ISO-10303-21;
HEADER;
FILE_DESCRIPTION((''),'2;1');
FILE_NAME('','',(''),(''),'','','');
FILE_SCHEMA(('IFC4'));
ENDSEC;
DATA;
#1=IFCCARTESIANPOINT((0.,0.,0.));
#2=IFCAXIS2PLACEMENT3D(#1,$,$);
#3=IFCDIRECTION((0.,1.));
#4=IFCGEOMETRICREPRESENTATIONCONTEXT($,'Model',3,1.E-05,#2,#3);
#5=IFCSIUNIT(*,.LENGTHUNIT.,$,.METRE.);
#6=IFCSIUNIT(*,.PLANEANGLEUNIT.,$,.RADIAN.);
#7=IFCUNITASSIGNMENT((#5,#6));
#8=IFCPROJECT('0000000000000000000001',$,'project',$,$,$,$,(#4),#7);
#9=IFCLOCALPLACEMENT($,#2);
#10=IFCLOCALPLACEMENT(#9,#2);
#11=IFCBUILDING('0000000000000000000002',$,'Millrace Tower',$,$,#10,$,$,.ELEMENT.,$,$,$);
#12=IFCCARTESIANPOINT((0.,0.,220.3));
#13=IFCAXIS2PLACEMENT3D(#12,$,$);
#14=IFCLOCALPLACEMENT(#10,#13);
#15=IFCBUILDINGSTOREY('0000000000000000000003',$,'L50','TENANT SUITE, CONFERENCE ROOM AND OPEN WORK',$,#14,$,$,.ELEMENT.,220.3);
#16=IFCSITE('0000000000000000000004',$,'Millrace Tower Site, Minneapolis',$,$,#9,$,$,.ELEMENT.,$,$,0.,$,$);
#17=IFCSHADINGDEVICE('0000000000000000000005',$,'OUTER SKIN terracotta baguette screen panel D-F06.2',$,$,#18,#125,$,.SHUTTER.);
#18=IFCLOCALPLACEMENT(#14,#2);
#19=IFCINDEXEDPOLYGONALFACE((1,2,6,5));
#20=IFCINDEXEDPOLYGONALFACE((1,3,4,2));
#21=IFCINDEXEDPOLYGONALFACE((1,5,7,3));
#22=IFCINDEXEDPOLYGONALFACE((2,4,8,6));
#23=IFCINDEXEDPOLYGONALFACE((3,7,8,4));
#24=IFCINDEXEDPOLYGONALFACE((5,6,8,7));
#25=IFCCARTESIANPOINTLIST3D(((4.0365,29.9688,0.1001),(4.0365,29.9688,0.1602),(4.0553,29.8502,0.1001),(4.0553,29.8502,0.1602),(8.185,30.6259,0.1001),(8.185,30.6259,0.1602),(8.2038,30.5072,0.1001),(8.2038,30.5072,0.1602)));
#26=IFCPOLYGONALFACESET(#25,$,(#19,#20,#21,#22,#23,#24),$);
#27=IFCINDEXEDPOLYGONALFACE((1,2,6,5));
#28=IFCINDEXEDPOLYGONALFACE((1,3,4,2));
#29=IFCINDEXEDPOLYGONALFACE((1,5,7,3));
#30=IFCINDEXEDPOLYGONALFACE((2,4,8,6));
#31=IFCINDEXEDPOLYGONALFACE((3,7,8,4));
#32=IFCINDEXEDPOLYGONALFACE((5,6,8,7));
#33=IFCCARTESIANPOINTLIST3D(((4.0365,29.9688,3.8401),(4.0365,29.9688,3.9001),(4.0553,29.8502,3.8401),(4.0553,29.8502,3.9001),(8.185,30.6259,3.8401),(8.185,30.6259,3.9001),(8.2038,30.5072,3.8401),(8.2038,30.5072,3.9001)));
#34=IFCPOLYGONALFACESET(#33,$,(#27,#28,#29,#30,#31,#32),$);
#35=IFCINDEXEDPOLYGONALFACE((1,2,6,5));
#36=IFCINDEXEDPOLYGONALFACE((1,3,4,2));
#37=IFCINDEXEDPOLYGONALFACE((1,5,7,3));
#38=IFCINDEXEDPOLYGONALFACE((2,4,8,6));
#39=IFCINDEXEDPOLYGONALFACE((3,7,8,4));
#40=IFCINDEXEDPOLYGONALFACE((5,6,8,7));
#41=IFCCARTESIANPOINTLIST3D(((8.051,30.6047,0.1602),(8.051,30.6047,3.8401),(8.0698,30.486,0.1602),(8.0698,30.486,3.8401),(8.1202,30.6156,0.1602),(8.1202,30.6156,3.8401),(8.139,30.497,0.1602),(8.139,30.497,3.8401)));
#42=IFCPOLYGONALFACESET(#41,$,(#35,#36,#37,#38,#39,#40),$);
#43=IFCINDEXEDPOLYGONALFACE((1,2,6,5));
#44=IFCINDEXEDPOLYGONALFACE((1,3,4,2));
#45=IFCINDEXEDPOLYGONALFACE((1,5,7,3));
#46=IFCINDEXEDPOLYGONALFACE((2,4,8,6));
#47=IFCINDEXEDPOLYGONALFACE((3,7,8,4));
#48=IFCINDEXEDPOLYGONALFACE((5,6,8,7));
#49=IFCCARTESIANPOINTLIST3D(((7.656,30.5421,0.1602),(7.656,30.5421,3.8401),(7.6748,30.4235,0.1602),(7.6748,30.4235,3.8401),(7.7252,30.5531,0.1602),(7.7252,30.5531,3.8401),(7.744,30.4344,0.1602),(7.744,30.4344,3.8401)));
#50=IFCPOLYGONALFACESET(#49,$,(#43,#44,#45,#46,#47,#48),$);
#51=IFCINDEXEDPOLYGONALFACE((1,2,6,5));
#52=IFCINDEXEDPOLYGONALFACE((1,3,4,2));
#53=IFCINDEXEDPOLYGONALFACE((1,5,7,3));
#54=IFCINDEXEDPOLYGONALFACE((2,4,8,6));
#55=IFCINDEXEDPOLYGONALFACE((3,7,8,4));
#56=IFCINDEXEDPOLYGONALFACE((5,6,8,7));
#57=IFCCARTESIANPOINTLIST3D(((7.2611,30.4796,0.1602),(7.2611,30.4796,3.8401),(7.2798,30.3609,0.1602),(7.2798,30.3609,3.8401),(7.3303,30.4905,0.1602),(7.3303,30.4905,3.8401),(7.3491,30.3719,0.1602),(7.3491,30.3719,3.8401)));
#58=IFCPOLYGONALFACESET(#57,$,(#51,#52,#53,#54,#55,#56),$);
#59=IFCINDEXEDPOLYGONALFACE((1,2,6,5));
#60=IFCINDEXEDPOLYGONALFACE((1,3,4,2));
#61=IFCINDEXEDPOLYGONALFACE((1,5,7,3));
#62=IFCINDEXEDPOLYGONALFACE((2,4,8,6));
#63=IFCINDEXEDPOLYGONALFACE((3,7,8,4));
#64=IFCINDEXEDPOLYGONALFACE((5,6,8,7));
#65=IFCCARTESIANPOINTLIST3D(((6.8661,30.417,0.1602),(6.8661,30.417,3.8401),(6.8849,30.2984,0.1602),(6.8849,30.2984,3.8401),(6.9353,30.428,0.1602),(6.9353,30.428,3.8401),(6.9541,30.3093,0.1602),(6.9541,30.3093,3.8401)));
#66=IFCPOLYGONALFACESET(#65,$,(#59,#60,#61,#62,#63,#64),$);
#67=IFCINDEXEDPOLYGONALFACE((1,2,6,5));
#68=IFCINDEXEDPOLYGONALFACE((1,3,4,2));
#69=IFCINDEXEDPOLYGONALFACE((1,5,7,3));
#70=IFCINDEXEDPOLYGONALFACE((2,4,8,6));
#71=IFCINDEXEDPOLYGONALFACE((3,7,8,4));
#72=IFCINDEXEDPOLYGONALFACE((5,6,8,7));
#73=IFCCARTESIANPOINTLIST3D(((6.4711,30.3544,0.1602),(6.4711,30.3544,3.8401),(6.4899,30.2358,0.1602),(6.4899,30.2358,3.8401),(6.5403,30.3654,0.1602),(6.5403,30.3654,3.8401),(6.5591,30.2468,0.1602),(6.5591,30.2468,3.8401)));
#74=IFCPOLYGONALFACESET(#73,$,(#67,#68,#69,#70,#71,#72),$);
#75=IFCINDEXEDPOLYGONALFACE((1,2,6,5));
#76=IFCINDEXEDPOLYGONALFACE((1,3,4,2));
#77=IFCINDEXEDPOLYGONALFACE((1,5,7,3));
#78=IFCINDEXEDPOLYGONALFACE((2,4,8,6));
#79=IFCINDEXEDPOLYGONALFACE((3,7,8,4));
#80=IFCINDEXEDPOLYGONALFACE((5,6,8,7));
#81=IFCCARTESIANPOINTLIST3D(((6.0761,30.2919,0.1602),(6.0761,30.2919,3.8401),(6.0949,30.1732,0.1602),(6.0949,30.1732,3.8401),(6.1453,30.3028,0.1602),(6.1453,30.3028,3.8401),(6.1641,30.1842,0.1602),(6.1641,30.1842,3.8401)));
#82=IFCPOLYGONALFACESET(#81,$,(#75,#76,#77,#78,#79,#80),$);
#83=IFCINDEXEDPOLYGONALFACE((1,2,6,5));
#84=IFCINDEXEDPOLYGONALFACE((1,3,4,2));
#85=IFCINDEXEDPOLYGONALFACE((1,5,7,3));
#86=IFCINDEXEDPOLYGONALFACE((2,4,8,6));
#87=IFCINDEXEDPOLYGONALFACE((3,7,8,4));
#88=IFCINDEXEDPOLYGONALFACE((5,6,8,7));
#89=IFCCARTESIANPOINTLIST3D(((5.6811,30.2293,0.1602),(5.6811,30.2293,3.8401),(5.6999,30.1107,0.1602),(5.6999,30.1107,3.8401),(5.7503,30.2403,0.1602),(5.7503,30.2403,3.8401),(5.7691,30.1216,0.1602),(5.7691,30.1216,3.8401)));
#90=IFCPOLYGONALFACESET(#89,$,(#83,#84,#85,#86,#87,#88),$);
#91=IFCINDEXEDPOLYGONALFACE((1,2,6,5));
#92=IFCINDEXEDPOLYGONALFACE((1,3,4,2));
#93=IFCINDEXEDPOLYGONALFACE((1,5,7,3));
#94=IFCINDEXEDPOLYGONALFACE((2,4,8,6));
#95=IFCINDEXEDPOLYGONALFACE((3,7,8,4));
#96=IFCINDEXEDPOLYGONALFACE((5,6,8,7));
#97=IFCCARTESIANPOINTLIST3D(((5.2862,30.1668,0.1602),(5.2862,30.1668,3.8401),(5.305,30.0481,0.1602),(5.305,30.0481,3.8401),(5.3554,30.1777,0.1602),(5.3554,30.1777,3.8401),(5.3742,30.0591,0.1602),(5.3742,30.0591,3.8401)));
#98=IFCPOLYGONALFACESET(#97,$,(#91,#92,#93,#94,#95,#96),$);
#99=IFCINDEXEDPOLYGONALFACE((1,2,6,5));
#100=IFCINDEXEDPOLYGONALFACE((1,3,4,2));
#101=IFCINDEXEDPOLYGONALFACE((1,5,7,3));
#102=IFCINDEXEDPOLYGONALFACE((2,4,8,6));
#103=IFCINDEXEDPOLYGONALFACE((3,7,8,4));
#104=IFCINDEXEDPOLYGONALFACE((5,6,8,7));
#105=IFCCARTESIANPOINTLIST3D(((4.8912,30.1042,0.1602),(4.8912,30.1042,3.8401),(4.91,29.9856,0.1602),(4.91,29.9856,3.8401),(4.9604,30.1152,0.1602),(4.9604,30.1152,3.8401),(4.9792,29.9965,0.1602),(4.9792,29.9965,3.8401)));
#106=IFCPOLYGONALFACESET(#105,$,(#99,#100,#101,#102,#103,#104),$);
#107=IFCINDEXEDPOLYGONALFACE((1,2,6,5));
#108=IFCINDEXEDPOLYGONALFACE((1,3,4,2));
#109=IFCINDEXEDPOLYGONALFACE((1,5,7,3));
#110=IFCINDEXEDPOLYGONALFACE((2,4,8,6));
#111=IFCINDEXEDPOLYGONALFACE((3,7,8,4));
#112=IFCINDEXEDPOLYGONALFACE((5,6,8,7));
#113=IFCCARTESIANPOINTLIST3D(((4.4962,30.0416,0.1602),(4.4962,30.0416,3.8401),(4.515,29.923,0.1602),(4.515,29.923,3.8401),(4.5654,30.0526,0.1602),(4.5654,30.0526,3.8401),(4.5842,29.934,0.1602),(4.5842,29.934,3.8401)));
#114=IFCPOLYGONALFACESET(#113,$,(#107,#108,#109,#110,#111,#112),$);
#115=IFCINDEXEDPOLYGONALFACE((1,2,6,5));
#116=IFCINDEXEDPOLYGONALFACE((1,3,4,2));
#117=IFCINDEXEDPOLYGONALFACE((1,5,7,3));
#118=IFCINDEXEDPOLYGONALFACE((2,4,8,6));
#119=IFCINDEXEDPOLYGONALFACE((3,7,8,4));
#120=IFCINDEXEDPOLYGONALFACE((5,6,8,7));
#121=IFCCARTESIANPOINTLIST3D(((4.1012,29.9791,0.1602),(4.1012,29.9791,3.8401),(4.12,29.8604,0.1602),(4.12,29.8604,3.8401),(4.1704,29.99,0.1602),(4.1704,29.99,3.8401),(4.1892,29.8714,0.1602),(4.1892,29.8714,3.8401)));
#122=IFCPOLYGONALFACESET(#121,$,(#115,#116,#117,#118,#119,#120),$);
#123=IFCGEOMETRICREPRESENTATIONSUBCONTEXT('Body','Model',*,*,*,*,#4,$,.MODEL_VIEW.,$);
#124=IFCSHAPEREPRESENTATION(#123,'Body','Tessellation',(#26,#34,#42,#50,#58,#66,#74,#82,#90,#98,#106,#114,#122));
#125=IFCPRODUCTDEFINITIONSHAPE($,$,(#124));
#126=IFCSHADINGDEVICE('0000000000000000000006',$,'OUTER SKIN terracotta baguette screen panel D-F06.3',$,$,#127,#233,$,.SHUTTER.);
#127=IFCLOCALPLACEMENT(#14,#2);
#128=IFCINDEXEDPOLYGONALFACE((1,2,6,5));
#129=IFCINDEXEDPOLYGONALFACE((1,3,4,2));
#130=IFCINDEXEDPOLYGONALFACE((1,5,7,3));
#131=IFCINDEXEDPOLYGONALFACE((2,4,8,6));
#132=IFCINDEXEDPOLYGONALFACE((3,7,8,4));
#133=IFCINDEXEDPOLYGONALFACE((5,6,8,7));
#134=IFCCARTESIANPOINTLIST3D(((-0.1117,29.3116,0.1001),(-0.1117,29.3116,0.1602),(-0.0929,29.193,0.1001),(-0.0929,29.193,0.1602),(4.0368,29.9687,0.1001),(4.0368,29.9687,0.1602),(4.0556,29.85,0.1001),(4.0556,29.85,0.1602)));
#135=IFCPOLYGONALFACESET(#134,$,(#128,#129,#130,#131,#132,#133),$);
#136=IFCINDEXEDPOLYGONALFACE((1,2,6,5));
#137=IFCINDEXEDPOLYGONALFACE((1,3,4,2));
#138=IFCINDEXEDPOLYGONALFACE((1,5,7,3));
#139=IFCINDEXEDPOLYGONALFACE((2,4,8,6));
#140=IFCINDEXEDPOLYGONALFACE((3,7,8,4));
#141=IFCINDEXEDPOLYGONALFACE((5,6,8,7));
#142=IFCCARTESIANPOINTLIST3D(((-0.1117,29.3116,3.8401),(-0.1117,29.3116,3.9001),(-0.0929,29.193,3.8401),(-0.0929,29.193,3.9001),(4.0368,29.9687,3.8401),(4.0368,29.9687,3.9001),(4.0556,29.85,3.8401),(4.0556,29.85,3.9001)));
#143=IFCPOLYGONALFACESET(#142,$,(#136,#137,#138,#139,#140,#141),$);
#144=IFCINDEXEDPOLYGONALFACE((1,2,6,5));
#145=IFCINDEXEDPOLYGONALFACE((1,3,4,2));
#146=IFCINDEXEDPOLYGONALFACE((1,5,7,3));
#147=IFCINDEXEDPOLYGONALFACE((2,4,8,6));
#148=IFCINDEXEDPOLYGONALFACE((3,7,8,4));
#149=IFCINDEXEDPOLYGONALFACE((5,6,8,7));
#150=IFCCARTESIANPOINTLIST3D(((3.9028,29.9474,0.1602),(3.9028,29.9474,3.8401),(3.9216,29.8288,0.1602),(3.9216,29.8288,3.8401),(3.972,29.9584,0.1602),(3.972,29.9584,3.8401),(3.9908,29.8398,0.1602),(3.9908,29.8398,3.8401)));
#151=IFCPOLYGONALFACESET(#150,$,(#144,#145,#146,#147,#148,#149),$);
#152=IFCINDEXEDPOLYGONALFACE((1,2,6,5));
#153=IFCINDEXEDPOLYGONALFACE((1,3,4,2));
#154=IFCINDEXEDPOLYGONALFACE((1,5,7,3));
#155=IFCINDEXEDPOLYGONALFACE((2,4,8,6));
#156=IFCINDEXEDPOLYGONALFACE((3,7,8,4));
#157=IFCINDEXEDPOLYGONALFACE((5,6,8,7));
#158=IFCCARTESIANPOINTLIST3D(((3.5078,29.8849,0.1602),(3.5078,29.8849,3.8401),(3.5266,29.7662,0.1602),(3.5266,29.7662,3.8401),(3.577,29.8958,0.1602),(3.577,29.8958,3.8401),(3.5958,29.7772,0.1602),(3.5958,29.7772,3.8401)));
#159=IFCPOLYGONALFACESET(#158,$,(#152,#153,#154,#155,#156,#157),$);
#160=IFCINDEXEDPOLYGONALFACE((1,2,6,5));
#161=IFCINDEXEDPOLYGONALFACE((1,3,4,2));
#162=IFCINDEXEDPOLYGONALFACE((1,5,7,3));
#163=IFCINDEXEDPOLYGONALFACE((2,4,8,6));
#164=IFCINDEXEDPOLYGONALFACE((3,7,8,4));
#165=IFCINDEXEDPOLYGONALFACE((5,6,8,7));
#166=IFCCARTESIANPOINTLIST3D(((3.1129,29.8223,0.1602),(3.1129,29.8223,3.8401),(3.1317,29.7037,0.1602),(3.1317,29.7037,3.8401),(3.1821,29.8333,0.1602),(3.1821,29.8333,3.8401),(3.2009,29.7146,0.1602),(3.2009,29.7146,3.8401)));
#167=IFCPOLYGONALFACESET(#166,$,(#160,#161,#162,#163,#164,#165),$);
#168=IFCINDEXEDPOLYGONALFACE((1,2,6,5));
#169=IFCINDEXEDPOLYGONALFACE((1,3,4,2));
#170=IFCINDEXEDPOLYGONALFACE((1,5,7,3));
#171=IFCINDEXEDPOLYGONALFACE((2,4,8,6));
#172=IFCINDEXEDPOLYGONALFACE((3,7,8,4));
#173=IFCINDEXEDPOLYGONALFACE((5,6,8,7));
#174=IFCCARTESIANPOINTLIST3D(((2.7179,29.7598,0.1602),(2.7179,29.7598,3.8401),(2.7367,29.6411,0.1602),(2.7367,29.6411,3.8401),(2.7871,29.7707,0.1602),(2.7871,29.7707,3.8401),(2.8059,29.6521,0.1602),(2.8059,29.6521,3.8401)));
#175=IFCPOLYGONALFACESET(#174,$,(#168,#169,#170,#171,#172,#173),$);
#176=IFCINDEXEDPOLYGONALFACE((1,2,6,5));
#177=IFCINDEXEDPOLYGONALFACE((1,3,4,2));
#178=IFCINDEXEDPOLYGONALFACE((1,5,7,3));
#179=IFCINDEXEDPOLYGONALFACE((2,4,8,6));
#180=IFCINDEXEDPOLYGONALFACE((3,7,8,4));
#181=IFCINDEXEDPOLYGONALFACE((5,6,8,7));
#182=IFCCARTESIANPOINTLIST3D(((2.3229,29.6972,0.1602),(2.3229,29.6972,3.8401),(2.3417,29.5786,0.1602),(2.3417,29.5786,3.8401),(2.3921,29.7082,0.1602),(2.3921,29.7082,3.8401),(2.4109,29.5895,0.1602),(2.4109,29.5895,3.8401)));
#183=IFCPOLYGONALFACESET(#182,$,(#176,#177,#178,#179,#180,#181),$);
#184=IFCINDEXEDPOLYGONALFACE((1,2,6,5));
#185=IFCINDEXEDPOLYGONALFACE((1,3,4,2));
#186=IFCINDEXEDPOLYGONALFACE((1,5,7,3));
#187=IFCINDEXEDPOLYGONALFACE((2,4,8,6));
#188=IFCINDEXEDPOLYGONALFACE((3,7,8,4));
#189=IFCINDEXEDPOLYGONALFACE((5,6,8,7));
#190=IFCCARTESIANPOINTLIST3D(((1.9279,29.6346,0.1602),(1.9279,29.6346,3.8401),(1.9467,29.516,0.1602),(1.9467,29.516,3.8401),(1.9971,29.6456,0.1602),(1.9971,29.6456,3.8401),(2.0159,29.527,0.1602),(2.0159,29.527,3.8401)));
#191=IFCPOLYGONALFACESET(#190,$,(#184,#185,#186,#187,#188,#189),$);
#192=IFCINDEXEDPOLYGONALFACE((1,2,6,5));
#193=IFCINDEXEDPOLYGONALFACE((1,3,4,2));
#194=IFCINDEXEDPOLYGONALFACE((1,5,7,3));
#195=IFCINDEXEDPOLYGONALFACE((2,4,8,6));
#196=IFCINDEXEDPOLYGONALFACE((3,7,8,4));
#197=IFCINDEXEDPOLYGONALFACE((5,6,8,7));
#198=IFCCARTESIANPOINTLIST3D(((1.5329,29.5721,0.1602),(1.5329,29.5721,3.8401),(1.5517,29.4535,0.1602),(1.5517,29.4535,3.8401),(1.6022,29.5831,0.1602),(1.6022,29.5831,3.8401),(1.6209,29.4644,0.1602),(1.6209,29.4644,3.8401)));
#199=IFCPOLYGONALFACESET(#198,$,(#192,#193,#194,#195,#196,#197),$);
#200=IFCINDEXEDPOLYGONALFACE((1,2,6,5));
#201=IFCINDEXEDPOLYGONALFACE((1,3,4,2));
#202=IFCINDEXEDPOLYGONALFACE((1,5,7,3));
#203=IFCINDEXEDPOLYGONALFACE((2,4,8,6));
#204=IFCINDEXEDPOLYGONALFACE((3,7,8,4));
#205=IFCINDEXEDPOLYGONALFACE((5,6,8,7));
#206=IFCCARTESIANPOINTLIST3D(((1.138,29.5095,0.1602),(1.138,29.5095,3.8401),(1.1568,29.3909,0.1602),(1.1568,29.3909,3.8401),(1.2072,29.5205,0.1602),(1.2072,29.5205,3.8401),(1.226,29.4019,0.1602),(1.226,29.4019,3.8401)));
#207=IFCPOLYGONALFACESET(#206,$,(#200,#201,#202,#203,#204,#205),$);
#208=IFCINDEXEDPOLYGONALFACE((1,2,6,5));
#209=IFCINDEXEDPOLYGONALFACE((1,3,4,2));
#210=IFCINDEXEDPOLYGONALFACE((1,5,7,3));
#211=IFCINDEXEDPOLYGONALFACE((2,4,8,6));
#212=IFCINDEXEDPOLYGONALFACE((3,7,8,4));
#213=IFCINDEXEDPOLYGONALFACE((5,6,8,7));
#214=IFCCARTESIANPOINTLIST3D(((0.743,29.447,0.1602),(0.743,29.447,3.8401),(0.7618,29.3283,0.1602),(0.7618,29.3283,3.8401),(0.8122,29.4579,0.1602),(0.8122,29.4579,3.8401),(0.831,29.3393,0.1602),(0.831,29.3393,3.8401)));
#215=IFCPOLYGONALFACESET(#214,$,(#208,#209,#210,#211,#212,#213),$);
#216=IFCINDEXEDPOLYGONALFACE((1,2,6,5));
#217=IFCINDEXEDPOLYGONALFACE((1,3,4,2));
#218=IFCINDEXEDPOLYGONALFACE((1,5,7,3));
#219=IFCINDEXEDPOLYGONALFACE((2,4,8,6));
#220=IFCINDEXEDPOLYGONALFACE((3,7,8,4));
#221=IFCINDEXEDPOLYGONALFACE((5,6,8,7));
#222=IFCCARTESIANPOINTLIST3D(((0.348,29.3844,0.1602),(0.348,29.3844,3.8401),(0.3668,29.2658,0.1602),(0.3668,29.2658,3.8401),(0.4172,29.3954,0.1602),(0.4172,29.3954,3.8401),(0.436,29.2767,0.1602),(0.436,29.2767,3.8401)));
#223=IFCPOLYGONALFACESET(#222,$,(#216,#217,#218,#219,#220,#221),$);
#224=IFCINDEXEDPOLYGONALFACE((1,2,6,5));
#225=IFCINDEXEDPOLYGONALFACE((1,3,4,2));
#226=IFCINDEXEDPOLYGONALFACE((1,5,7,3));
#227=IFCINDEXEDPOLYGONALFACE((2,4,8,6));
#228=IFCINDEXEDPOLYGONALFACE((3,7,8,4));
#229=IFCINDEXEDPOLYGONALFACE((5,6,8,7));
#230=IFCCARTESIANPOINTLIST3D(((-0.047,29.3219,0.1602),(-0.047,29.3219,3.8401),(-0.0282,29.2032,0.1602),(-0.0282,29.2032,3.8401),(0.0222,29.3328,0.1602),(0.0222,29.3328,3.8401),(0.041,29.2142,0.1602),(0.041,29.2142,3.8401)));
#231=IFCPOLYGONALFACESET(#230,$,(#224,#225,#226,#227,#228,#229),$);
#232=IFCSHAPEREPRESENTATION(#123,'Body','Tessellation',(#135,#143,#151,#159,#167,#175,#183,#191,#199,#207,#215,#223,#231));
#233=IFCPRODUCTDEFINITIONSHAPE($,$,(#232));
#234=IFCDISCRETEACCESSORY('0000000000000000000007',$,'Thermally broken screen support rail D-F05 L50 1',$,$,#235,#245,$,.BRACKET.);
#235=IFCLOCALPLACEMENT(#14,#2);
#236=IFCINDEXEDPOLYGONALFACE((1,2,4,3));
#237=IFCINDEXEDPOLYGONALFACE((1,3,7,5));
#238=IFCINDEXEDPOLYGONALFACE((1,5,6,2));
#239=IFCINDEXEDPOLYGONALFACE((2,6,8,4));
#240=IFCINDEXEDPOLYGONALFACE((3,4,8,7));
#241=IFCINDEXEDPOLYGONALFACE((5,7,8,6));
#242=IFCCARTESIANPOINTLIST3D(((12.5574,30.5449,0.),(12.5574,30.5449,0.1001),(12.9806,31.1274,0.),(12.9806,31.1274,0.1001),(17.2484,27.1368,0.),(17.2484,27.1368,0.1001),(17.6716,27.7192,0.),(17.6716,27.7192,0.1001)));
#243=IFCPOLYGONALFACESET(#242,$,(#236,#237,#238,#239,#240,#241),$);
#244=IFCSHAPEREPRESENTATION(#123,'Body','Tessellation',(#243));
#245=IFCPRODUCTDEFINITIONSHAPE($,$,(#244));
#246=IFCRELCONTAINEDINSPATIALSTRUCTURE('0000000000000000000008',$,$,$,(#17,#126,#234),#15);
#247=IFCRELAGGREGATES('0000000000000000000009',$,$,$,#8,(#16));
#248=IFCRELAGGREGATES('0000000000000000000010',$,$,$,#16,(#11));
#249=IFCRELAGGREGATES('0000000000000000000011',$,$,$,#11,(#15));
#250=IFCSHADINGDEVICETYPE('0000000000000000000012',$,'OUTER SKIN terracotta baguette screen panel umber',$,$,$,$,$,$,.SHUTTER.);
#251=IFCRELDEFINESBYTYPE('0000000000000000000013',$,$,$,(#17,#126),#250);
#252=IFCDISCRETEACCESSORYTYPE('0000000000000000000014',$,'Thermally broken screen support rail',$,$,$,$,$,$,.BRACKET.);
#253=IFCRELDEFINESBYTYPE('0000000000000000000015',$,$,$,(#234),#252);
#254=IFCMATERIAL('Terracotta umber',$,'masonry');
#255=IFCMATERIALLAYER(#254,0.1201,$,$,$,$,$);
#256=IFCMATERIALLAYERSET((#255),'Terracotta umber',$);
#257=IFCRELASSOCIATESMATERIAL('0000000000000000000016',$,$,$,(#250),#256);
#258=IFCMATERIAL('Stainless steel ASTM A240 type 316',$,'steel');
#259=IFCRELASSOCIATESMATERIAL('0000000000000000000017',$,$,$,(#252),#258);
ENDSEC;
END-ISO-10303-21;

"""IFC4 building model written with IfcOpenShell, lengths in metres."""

from ifc_helpers import new_model, entity, si_unit, direction, frame, frame_2d, origin, origin_2d, place, context, subcontext, project, spatial, rectangle, extrude, source, transform, mapped, material, layer, layer_set, type_object, element, save


model = new_model("IFC4")

# Units and contexts
model_context = context("Model", 3, precision=1e-05, world=origin(), true_north=direction((0.0, 1.0)))
body_context = subcontext(model_context, "Body", "Model", "MODEL_VIEW")
ifc_project = project(units=[si_unit("LENGTHUNIT", "METRE"), si_unit("PLANEANGLEUNIT", "RADIAN")], contexts=[model_context])

# Site, building, storey
site_placement = place(None, origin())
site = spatial("IfcSite", under=ifc_project, at=site_placement, Name="Millrace Tower Site, Minneapolis", CompositionType="ELEMENT", RefElevation=0.0)
building_placement = place(site_placement, origin())
building = spatial("IfcBuilding", under=site, at=building_placement, Name="Millrace Tower", CompositionType="ELEMENT")
storey_placement = place(building_placement, frame((0.0, 0.0, 220.3)))
storey = spatial("IfcBuildingStorey", under=building, at=storey_placement, Name="L50", Description="TENANT SUITE, CONFERENCE ROOM AND OPEN WORK", CompositionType="ELEMENT", Elevation=220.3)

# Shading devices
ifc_material_1 = material(Name="Terracotta umber", Category="masonry")
ifc_layer_1 = layer(ifc_material_1, 0.1201)
ifc_layer_set_1 = layer_set([ifc_layer_1], Name="Terracotta umber")
shading_device_type = type_object("IfcShadingDeviceType", Name="OUTER SKIN terracotta baguette screen panel umber", PredefinedType="SHUTTER", material=ifc_layer_set_1)
cartesian_point_1 = entity("IfcCartesianPoint", [-2.1001, 0.0601])
shared_polyline_1 = entity("IfcPolyline", [cartesian_point_1, entity("IfcCartesianPoint", [2.1001, 0.0601]), entity("IfcCartesianPoint", [2.1001, -0.0601]), entity("IfcCartesianPoint", [-2.1001, -0.0601]), cartesian_point_1])
shared_shape_1 = source(origin(), body_context, "Body", "SweptSolid", [
    entity("IfcExtrudedAreaSolid", entity("IfcArbitraryClosedProfileDef", "AREA", None, shared_polyline_1), entity("IfcAxis2Placement3D", entity("IfcCartesianPoint", [0.0, 0.0, 0.0])), entity("IfcDirection", [0.0, 0.0, 1.0]), 0.0601),
    entity("IfcExtrudedAreaSolid", entity("IfcArbitraryClosedProfileDef", "AREA", None, shared_polyline_1), entity("IfcAxis2Placement3D", entity("IfcCartesianPoint", [0.0, 0.0, 3.74])), entity("IfcDirection", [0.0, 0.0, 1.0]), 0.0601),
    extrude(rectangle(XDim=0.0701, YDim=0.1201, at=frame_2d((-1.9995, 0.0))), frame((0.0, 0.0, 0.0601)), (0.0, 0.0, 1.0), 3.6799),
    extrude(rectangle(XDim=0.0701, YDim=0.1201, at=frame_2d((-1.5996, 0.0))), frame((0.0, 0.0, 0.0601)), (0.0, 0.0, 1.0), 3.6799),
    extrude(rectangle(XDim=0.0701, YDim=0.1201, at=frame_2d((-1.1997, 0.0))), frame((0.0, 0.0, 0.0601)), (0.0, 0.0, 1.0), 3.6799),
    extrude(rectangle(XDim=0.0701, YDim=0.1201, at=frame_2d((-0.7998, 0.0))), frame((0.0, 0.0, 0.0601)), (0.0, 0.0, 1.0), 3.6799),
    extrude(rectangle(XDim=0.0701, YDim=0.1201, at=frame_2d((-0.3999, 0.0))), frame((0.0, 0.0, 0.0601)), (0.0, 0.0, 1.0), 3.6799),
    extrude(rectangle(XDim=0.0701, YDim=0.1201, at=origin_2d()), frame((0.0, 0.0, 0.0601)), (0.0, 0.0, 1.0), 3.6799),
    extrude(rectangle(XDim=0.0701, YDim=0.1201, at=frame_2d((0.3999, 0.0))), frame((0.0, 0.0, 0.0601)), (0.0, 0.0, 1.0), 3.6799),
    extrude(rectangle(XDim=0.0701, YDim=0.1201, at=frame_2d((0.7998, 0.0))), frame((0.0, 0.0, 0.0601)), (0.0, 0.0, 1.0), 3.6799),
    extrude(rectangle(XDim=0.0701, YDim=0.1201, at=frame_2d((1.1997, 0.0))), frame((0.0, 0.0, 0.0601)), (0.0, 0.0, 1.0), 3.6799),
    extrude(rectangle(XDim=0.0701, YDim=0.1201, at=frame_2d((1.5996, 0.0))), frame((0.0, 0.0, 0.0601)), (0.0, 0.0, 1.0), 3.6799),
    extrude(rectangle(XDim=0.0701, YDim=0.1201, at=frame_2d((1.9995, 0.0))), frame((0.0, 0.0, 0.0601)), (0.0, 0.0, 1.0), 3.6799),
])
for number, where, z_axis, x_axis, name in (
    (1, (6.1201, 30.238, 0.1001), (0.0, 0.0, 1.0), (-0.987688, -0.156434, 0.0), "OUTER SKIN terracotta baguette screen panel D-F06.2"),
    (2, (1.9719, 29.5808, 0.1001), (0.0, 0.0, 1.0), (-0.987688, -0.156434, 0.0), "OUTER SKIN terracotta baguette screen panel D-F06.3"),
):
    element("IfcShadingDevice", number, at=place(storey_placement, frame(where, z_axis=z_axis, x_axis=x_axis)), inside=storey, type_object=shading_device_type, Name=name, PredefinedType="SHUTTER", context=body_context, shape_type="MappedRepresentation", body=[
        mapped(shared_shape_1, transform((0.0, 0.0, 0.0), scale=1.0)),
    ])

# Discrete accessory
ifc_material_2 = material(Name="Stainless steel ASTM A240 type 316", Category="steel")
discrete_accessory_type = type_object("IfcDiscreteAccessoryType", Name="Thermally broken screen support rail", PredefinedType="BRACKET", material=ifc_material_2)
discrete_accessory_placement = place(storey_placement, frame((15.1145, 29.1321, 0.0), z_axis=(0.0, 0.0, 1.0), x_axis=(-0.809017, 0.587785, 0.0)))
element("IfcDiscreteAccessory", 3, at=discrete_accessory_placement, inside=storey, type_object=discrete_accessory_type, Name="Thermally broken screen support rail D-F05 L50 1", PredefinedType="BRACKET", context=body_context, shape_type="SweptSolid", body=[
    extrude(rectangle(XDim=5.7983, YDim=0.72, at=origin_2d()), origin(), (0.0, 0.0, 1.0), 0.1001),
])

save(model, "model.ifc")
